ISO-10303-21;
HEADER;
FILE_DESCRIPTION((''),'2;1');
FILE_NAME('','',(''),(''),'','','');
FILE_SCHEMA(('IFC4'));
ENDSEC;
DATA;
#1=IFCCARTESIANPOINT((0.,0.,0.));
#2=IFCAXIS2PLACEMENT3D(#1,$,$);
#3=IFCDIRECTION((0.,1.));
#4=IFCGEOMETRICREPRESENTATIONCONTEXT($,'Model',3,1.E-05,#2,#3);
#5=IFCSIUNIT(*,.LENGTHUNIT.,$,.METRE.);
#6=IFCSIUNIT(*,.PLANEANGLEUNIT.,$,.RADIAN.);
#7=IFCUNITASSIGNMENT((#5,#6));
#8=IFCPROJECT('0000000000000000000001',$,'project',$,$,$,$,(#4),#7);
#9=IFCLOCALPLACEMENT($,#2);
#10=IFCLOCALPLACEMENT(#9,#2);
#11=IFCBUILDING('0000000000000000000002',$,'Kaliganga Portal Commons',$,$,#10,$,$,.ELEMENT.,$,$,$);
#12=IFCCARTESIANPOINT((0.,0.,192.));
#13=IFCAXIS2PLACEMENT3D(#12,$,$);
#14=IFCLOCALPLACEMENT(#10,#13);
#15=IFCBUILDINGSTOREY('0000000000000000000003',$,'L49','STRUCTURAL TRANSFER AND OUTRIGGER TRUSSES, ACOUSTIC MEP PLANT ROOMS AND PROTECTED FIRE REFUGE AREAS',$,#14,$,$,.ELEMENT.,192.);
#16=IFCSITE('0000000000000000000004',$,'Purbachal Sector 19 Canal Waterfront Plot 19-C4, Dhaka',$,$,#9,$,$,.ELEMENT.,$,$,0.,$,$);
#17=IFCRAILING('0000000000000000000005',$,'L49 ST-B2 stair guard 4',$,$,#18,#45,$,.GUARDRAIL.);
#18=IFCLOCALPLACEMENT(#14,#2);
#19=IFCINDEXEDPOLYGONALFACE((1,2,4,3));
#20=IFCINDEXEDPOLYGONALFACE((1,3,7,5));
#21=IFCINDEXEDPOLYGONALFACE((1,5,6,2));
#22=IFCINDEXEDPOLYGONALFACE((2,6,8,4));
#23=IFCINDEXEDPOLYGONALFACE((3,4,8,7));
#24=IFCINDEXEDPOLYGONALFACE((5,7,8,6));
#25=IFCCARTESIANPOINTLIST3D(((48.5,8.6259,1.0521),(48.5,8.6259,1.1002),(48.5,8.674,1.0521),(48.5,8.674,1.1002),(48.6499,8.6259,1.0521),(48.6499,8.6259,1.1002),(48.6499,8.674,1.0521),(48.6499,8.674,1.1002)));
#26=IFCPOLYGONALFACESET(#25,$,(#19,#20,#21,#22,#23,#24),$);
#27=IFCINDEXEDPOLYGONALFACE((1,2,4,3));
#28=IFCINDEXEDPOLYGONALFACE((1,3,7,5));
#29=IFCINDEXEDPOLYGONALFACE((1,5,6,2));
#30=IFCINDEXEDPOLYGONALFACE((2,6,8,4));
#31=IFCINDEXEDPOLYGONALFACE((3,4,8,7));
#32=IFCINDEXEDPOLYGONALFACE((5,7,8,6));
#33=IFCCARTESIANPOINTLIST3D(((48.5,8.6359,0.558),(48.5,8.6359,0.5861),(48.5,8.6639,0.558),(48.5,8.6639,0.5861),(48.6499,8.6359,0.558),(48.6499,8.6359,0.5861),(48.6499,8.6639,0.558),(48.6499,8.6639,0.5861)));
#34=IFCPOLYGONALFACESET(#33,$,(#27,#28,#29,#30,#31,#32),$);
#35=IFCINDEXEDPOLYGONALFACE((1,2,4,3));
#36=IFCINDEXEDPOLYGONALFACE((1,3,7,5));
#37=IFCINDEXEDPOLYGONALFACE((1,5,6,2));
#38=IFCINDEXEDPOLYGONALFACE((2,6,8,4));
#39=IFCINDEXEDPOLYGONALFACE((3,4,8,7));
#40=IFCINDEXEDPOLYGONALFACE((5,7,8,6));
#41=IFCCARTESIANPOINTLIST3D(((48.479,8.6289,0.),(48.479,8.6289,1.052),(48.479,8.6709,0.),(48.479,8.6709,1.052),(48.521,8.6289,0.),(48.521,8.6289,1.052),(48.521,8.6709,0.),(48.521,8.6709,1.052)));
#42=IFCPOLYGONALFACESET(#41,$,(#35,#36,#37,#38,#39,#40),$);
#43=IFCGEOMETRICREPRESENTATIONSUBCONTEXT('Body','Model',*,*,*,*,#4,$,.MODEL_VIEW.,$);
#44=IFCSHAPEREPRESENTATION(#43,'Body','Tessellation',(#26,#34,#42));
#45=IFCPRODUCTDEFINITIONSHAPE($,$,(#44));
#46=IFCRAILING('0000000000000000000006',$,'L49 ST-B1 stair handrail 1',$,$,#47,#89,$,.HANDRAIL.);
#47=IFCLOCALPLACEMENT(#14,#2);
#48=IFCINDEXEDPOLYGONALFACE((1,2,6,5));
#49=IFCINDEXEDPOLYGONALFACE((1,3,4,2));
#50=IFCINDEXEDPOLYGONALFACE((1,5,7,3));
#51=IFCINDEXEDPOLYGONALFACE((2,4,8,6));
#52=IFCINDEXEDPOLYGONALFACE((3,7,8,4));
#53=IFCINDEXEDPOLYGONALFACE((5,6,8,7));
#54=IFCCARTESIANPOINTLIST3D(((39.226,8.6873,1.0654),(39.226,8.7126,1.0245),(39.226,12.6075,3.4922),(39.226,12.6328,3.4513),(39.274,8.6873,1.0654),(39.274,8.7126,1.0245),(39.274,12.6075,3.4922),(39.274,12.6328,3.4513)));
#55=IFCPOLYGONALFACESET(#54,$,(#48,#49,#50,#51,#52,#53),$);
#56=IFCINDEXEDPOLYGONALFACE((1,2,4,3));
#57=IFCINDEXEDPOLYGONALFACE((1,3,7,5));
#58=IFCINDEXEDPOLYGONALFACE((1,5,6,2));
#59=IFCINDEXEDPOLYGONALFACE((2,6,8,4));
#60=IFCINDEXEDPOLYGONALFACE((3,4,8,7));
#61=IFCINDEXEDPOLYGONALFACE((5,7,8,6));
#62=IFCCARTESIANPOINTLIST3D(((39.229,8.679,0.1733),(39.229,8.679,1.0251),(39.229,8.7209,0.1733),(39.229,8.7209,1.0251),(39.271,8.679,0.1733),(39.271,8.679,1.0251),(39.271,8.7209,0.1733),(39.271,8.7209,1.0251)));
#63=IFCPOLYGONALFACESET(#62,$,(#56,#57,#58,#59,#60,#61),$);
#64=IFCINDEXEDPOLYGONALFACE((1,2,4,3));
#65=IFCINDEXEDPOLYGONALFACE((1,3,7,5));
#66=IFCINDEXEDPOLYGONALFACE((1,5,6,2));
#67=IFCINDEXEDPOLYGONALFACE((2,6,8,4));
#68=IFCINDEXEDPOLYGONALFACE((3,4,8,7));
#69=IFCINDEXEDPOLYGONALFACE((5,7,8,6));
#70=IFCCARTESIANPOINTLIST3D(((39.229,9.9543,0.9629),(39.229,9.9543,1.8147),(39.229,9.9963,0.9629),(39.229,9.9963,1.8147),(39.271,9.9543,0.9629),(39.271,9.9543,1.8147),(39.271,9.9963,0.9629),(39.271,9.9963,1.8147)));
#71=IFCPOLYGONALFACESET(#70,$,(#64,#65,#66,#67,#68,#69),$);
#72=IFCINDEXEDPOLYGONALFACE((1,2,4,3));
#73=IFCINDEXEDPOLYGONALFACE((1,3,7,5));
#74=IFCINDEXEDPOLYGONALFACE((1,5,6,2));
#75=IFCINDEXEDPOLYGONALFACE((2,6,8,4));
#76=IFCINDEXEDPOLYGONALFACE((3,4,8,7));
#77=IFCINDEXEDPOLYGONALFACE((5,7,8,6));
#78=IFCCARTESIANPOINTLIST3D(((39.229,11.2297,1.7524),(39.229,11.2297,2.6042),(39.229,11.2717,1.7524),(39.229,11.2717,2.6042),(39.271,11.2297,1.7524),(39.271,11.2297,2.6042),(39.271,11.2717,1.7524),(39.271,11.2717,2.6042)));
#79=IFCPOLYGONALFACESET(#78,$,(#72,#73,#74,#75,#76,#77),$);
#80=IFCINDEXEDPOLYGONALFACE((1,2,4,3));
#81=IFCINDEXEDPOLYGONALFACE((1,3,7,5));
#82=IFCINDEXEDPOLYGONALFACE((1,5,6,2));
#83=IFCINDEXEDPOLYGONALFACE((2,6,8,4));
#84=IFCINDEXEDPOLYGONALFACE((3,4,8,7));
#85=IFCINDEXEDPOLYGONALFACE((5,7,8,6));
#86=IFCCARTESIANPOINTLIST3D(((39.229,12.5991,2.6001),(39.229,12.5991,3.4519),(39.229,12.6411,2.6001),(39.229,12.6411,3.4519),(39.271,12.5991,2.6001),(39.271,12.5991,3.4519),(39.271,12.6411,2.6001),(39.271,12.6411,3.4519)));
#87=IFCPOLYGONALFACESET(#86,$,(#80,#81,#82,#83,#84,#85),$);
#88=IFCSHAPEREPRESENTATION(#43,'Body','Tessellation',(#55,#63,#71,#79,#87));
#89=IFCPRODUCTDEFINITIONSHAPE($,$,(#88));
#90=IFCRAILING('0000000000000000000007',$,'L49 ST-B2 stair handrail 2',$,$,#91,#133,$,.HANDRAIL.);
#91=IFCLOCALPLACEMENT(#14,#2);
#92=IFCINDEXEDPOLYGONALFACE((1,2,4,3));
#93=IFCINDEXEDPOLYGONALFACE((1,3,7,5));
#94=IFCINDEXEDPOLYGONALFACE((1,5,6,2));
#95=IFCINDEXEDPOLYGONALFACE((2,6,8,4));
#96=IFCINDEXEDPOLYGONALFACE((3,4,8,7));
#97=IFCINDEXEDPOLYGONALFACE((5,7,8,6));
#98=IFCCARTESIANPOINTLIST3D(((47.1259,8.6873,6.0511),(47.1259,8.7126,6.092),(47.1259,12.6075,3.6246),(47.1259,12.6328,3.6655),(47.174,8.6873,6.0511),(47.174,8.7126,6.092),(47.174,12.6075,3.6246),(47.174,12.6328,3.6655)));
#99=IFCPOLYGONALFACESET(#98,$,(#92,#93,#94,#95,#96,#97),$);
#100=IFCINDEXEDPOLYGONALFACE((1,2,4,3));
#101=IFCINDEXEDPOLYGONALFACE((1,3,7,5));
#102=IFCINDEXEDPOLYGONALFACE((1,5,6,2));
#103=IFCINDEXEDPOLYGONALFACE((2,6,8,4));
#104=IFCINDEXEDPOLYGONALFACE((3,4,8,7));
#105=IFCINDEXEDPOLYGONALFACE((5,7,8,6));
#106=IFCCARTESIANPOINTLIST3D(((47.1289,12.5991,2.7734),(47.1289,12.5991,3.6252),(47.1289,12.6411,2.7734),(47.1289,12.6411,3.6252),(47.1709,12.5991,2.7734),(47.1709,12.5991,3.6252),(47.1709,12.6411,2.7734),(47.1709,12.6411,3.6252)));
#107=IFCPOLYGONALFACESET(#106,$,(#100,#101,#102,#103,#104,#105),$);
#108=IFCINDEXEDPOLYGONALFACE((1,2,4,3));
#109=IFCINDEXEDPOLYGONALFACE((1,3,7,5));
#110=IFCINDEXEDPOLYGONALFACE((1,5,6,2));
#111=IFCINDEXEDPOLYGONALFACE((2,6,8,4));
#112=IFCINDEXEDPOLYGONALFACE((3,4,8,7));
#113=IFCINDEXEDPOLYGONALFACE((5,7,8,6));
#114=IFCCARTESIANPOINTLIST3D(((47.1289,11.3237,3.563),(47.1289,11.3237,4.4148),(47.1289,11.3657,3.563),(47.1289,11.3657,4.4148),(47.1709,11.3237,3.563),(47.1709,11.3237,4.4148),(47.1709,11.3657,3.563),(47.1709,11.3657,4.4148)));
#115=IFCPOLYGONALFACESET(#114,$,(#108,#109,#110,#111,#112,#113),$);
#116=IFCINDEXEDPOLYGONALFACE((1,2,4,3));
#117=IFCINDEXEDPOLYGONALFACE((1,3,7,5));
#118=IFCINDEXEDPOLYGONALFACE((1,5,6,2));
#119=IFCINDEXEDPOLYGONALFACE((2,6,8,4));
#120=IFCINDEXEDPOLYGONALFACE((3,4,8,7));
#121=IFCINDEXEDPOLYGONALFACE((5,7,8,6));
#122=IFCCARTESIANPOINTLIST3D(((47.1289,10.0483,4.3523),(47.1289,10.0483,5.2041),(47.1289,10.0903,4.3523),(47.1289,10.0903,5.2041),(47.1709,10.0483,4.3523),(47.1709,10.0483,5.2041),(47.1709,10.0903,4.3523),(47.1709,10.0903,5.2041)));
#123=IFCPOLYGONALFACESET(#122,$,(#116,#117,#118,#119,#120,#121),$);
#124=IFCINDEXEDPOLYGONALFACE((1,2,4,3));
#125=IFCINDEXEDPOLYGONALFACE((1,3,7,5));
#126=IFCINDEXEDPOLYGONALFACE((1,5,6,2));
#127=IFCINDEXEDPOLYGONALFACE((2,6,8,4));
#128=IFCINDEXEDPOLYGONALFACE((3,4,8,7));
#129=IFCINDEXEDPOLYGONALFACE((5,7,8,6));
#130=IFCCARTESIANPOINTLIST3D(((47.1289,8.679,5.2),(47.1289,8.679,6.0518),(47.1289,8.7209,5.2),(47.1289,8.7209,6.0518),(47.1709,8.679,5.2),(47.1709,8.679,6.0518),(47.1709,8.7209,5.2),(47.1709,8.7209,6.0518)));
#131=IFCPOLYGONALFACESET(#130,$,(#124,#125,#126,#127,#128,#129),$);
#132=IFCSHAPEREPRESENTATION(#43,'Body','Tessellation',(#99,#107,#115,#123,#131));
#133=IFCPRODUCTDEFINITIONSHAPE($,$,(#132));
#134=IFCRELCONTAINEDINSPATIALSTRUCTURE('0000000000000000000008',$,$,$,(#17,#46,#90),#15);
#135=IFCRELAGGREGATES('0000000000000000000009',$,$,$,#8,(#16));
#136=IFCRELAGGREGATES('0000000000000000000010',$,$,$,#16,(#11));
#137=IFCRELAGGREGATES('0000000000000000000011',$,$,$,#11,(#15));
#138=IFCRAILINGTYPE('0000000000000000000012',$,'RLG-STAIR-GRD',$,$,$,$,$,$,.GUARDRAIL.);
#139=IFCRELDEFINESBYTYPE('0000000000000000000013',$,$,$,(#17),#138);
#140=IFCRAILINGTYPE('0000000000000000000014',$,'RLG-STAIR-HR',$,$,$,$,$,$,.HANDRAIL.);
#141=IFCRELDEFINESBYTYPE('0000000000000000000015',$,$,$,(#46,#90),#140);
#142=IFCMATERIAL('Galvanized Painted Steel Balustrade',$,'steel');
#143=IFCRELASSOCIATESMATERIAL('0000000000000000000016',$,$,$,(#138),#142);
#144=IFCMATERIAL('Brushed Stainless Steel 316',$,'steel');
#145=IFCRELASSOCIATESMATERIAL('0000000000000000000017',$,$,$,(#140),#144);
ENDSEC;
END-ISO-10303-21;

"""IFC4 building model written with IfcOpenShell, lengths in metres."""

from ifc_helpers import new_model, si_unit, direction, frame, origin, origin_2d, place, context, subcontext, project, spatial, rectangle, extrude, material, type_object, element, save


model = new_model("IFC4")

# Units and contexts
model_context = context("Model", 3, precision=1e-05, world=origin(), true_north=direction((0.0, 1.0)))
body_context = subcontext(model_context, "Body", "Model", "MODEL_VIEW")
ifc_project = project(units=[si_unit("LENGTHUNIT", "METRE"), si_unit("PLANEANGLEUNIT", "RADIAN")], contexts=[model_context])

# Site, building, storey
site_placement = place(None, origin())
site = spatial("IfcSite", under=ifc_project, at=site_placement, Name="Purbachal Sector 19 Canal Waterfront Plot 19-C4, Dhaka", CompositionType="ELEMENT", RefElevation=0.0)
building_placement = place(site_placement, origin())
building = spatial("IfcBuilding", under=site, at=building_placement, Name="Kaliganga Portal Commons", CompositionType="ELEMENT")
storey_placement = place(building_placement, frame((0.0, 0.0, 192.0)))
storey = spatial("IfcBuildingStorey", under=building, at=storey_placement, Name="L49", Description="STRUCTURAL TRANSFER AND OUTRIGGER TRUSSES, ACOUSTIC MEP PLANT ROOMS AND PROTECTED FIRE REFUGE AREAS", CompositionType="ELEMENT", Elevation=192.0)

# Railings
ifc_material_1 = material(Name="Galvanized Painted Steel Balustrade", Category="steel")
railing_type_1 = type_object("IfcRailingType", Name="RLG-STAIR-GRD", PredefinedType="GUARDRAIL", material=ifc_material_1)
railing_1_placement = place(storey_placement, frame((48.6499, 8.6499, 0.0)))
element("IfcRailing", 1, at=railing_1_placement, inside=storey, type_object=railing_type_1, Name="L49 ST-B2 stair guard 4", PredefinedType="GUARDRAIL", context=body_context, shape_type="SweptSolid", body=[
    extrude(rectangle(XDim=0.0481, YDim=0.0481, at=origin_2d()), frame((0.0, 0.0, 1.0762), z_axis=(-1.0, 0.0, 0.0), x_axis=(0.0, -1.0, 0.0)), (0.0, 0.0, 1.0), 0.1499),
    extrude(rectangle(XDim=0.0281, YDim=0.0281, at=origin_2d()), frame((0.0, 0.0, 0.572), z_axis=(-1.0, 0.0, 0.0), x_axis=(0.0, -1.0, 0.0)), (0.0, 0.0, 1.0), 0.1499),
    extrude(rectangle(XDim=0.042, YDim=0.042, at=origin_2d()), frame((-0.1499, 0.0, 0.0)), (0.0, 0.0, 1.0), 1.052),
])
ifc_material_2 = material(Name="Brushed Stainless Steel 316", Category="steel")
railing_type_2 = type_object("IfcRailingType", Name="RLG-STAIR-HR", PredefinedType="HANDRAIL", material=ifc_material_2)
railing_2_placement = place(storey_placement, frame((39.25, 8.7, 0.1733)))
element("IfcRailing", 2, at=railing_2_placement, inside=storey, type_object=railing_type_2, Name="L49 ST-B1 stair handrail 1", PredefinedType="HANDRAIL", context=body_context, shape_type="SweptSolid", body=[
    extrude(rectangle(XDim=0.0481, YDim=0.0481, at=origin_2d()), frame((0.0, 0.0, 0.8716), z_axis=(0.0, 0.850266, 0.526353), x_axis=(-1.0, 0.0, 0.0)), (0.0, 0.0, 1.0), 4.6106),
    extrude(rectangle(XDim=0.042, YDim=0.042, at=origin_2d()), origin(), (0.0, 0.0, 1.0), 0.8518),
    extrude(rectangle(XDim=0.042, YDim=0.042, at=origin_2d()), frame((0.0, 1.2754, 0.7896)), (0.0, 0.0, 1.0), 0.8518),
    extrude(rectangle(XDim=0.042, YDim=0.042, at=origin_2d()), frame((0.0, 2.5508, 1.5791)), (0.0, 0.0, 1.0), 0.8518),
    extrude(rectangle(XDim=0.042, YDim=0.042, at=origin_2d()), frame((0.0, 3.9202, 2.4268)), (0.0, 0.0, 1.0), 0.8518),
])
railing_3_placement = place(storey_placement, frame((47.1499, 12.6201, 2.7734)))
element("IfcRailing", 3, at=railing_3_placement, inside=storey, type_object=railing_type_2, Name="L49 ST-B2 stair handrail 2", PredefinedType="HANDRAIL", context=body_context, shape_type="SweptSolid", body=[
    extrude(rectangle(XDim=0.0481, YDim=0.0481, at=origin_2d()), frame((0.0, 0.0, 0.8716), z_axis=(0.0, -0.85029, 0.526315), x_axis=(1.0, 0.0, 0.0)), (0.0, 0.0, 1.0), 4.6104),
    extrude(rectangle(XDim=0.042, YDim=0.042, at=origin_2d()), origin(), (0.0, 0.0, 1.0), 0.8518),
    extrude(rectangle(XDim=0.042, YDim=0.042, at=origin_2d()), frame((0.0, -1.2754, 0.7896)), (0.0, 0.0, 1.0), 0.8518),
    extrude(rectangle(XDim=0.042, YDim=0.042, at=origin_2d()), frame((0.0, -2.5508, 1.5789)), (0.0, 0.0, 1.0), 0.8518),
    extrude(rectangle(XDim=0.042, YDim=0.042, at=origin_2d()), frame((0.0, -3.9202, 2.4265)), (0.0, 0.0, 1.0), 0.8518),
])

save(model, "model.ifc")
